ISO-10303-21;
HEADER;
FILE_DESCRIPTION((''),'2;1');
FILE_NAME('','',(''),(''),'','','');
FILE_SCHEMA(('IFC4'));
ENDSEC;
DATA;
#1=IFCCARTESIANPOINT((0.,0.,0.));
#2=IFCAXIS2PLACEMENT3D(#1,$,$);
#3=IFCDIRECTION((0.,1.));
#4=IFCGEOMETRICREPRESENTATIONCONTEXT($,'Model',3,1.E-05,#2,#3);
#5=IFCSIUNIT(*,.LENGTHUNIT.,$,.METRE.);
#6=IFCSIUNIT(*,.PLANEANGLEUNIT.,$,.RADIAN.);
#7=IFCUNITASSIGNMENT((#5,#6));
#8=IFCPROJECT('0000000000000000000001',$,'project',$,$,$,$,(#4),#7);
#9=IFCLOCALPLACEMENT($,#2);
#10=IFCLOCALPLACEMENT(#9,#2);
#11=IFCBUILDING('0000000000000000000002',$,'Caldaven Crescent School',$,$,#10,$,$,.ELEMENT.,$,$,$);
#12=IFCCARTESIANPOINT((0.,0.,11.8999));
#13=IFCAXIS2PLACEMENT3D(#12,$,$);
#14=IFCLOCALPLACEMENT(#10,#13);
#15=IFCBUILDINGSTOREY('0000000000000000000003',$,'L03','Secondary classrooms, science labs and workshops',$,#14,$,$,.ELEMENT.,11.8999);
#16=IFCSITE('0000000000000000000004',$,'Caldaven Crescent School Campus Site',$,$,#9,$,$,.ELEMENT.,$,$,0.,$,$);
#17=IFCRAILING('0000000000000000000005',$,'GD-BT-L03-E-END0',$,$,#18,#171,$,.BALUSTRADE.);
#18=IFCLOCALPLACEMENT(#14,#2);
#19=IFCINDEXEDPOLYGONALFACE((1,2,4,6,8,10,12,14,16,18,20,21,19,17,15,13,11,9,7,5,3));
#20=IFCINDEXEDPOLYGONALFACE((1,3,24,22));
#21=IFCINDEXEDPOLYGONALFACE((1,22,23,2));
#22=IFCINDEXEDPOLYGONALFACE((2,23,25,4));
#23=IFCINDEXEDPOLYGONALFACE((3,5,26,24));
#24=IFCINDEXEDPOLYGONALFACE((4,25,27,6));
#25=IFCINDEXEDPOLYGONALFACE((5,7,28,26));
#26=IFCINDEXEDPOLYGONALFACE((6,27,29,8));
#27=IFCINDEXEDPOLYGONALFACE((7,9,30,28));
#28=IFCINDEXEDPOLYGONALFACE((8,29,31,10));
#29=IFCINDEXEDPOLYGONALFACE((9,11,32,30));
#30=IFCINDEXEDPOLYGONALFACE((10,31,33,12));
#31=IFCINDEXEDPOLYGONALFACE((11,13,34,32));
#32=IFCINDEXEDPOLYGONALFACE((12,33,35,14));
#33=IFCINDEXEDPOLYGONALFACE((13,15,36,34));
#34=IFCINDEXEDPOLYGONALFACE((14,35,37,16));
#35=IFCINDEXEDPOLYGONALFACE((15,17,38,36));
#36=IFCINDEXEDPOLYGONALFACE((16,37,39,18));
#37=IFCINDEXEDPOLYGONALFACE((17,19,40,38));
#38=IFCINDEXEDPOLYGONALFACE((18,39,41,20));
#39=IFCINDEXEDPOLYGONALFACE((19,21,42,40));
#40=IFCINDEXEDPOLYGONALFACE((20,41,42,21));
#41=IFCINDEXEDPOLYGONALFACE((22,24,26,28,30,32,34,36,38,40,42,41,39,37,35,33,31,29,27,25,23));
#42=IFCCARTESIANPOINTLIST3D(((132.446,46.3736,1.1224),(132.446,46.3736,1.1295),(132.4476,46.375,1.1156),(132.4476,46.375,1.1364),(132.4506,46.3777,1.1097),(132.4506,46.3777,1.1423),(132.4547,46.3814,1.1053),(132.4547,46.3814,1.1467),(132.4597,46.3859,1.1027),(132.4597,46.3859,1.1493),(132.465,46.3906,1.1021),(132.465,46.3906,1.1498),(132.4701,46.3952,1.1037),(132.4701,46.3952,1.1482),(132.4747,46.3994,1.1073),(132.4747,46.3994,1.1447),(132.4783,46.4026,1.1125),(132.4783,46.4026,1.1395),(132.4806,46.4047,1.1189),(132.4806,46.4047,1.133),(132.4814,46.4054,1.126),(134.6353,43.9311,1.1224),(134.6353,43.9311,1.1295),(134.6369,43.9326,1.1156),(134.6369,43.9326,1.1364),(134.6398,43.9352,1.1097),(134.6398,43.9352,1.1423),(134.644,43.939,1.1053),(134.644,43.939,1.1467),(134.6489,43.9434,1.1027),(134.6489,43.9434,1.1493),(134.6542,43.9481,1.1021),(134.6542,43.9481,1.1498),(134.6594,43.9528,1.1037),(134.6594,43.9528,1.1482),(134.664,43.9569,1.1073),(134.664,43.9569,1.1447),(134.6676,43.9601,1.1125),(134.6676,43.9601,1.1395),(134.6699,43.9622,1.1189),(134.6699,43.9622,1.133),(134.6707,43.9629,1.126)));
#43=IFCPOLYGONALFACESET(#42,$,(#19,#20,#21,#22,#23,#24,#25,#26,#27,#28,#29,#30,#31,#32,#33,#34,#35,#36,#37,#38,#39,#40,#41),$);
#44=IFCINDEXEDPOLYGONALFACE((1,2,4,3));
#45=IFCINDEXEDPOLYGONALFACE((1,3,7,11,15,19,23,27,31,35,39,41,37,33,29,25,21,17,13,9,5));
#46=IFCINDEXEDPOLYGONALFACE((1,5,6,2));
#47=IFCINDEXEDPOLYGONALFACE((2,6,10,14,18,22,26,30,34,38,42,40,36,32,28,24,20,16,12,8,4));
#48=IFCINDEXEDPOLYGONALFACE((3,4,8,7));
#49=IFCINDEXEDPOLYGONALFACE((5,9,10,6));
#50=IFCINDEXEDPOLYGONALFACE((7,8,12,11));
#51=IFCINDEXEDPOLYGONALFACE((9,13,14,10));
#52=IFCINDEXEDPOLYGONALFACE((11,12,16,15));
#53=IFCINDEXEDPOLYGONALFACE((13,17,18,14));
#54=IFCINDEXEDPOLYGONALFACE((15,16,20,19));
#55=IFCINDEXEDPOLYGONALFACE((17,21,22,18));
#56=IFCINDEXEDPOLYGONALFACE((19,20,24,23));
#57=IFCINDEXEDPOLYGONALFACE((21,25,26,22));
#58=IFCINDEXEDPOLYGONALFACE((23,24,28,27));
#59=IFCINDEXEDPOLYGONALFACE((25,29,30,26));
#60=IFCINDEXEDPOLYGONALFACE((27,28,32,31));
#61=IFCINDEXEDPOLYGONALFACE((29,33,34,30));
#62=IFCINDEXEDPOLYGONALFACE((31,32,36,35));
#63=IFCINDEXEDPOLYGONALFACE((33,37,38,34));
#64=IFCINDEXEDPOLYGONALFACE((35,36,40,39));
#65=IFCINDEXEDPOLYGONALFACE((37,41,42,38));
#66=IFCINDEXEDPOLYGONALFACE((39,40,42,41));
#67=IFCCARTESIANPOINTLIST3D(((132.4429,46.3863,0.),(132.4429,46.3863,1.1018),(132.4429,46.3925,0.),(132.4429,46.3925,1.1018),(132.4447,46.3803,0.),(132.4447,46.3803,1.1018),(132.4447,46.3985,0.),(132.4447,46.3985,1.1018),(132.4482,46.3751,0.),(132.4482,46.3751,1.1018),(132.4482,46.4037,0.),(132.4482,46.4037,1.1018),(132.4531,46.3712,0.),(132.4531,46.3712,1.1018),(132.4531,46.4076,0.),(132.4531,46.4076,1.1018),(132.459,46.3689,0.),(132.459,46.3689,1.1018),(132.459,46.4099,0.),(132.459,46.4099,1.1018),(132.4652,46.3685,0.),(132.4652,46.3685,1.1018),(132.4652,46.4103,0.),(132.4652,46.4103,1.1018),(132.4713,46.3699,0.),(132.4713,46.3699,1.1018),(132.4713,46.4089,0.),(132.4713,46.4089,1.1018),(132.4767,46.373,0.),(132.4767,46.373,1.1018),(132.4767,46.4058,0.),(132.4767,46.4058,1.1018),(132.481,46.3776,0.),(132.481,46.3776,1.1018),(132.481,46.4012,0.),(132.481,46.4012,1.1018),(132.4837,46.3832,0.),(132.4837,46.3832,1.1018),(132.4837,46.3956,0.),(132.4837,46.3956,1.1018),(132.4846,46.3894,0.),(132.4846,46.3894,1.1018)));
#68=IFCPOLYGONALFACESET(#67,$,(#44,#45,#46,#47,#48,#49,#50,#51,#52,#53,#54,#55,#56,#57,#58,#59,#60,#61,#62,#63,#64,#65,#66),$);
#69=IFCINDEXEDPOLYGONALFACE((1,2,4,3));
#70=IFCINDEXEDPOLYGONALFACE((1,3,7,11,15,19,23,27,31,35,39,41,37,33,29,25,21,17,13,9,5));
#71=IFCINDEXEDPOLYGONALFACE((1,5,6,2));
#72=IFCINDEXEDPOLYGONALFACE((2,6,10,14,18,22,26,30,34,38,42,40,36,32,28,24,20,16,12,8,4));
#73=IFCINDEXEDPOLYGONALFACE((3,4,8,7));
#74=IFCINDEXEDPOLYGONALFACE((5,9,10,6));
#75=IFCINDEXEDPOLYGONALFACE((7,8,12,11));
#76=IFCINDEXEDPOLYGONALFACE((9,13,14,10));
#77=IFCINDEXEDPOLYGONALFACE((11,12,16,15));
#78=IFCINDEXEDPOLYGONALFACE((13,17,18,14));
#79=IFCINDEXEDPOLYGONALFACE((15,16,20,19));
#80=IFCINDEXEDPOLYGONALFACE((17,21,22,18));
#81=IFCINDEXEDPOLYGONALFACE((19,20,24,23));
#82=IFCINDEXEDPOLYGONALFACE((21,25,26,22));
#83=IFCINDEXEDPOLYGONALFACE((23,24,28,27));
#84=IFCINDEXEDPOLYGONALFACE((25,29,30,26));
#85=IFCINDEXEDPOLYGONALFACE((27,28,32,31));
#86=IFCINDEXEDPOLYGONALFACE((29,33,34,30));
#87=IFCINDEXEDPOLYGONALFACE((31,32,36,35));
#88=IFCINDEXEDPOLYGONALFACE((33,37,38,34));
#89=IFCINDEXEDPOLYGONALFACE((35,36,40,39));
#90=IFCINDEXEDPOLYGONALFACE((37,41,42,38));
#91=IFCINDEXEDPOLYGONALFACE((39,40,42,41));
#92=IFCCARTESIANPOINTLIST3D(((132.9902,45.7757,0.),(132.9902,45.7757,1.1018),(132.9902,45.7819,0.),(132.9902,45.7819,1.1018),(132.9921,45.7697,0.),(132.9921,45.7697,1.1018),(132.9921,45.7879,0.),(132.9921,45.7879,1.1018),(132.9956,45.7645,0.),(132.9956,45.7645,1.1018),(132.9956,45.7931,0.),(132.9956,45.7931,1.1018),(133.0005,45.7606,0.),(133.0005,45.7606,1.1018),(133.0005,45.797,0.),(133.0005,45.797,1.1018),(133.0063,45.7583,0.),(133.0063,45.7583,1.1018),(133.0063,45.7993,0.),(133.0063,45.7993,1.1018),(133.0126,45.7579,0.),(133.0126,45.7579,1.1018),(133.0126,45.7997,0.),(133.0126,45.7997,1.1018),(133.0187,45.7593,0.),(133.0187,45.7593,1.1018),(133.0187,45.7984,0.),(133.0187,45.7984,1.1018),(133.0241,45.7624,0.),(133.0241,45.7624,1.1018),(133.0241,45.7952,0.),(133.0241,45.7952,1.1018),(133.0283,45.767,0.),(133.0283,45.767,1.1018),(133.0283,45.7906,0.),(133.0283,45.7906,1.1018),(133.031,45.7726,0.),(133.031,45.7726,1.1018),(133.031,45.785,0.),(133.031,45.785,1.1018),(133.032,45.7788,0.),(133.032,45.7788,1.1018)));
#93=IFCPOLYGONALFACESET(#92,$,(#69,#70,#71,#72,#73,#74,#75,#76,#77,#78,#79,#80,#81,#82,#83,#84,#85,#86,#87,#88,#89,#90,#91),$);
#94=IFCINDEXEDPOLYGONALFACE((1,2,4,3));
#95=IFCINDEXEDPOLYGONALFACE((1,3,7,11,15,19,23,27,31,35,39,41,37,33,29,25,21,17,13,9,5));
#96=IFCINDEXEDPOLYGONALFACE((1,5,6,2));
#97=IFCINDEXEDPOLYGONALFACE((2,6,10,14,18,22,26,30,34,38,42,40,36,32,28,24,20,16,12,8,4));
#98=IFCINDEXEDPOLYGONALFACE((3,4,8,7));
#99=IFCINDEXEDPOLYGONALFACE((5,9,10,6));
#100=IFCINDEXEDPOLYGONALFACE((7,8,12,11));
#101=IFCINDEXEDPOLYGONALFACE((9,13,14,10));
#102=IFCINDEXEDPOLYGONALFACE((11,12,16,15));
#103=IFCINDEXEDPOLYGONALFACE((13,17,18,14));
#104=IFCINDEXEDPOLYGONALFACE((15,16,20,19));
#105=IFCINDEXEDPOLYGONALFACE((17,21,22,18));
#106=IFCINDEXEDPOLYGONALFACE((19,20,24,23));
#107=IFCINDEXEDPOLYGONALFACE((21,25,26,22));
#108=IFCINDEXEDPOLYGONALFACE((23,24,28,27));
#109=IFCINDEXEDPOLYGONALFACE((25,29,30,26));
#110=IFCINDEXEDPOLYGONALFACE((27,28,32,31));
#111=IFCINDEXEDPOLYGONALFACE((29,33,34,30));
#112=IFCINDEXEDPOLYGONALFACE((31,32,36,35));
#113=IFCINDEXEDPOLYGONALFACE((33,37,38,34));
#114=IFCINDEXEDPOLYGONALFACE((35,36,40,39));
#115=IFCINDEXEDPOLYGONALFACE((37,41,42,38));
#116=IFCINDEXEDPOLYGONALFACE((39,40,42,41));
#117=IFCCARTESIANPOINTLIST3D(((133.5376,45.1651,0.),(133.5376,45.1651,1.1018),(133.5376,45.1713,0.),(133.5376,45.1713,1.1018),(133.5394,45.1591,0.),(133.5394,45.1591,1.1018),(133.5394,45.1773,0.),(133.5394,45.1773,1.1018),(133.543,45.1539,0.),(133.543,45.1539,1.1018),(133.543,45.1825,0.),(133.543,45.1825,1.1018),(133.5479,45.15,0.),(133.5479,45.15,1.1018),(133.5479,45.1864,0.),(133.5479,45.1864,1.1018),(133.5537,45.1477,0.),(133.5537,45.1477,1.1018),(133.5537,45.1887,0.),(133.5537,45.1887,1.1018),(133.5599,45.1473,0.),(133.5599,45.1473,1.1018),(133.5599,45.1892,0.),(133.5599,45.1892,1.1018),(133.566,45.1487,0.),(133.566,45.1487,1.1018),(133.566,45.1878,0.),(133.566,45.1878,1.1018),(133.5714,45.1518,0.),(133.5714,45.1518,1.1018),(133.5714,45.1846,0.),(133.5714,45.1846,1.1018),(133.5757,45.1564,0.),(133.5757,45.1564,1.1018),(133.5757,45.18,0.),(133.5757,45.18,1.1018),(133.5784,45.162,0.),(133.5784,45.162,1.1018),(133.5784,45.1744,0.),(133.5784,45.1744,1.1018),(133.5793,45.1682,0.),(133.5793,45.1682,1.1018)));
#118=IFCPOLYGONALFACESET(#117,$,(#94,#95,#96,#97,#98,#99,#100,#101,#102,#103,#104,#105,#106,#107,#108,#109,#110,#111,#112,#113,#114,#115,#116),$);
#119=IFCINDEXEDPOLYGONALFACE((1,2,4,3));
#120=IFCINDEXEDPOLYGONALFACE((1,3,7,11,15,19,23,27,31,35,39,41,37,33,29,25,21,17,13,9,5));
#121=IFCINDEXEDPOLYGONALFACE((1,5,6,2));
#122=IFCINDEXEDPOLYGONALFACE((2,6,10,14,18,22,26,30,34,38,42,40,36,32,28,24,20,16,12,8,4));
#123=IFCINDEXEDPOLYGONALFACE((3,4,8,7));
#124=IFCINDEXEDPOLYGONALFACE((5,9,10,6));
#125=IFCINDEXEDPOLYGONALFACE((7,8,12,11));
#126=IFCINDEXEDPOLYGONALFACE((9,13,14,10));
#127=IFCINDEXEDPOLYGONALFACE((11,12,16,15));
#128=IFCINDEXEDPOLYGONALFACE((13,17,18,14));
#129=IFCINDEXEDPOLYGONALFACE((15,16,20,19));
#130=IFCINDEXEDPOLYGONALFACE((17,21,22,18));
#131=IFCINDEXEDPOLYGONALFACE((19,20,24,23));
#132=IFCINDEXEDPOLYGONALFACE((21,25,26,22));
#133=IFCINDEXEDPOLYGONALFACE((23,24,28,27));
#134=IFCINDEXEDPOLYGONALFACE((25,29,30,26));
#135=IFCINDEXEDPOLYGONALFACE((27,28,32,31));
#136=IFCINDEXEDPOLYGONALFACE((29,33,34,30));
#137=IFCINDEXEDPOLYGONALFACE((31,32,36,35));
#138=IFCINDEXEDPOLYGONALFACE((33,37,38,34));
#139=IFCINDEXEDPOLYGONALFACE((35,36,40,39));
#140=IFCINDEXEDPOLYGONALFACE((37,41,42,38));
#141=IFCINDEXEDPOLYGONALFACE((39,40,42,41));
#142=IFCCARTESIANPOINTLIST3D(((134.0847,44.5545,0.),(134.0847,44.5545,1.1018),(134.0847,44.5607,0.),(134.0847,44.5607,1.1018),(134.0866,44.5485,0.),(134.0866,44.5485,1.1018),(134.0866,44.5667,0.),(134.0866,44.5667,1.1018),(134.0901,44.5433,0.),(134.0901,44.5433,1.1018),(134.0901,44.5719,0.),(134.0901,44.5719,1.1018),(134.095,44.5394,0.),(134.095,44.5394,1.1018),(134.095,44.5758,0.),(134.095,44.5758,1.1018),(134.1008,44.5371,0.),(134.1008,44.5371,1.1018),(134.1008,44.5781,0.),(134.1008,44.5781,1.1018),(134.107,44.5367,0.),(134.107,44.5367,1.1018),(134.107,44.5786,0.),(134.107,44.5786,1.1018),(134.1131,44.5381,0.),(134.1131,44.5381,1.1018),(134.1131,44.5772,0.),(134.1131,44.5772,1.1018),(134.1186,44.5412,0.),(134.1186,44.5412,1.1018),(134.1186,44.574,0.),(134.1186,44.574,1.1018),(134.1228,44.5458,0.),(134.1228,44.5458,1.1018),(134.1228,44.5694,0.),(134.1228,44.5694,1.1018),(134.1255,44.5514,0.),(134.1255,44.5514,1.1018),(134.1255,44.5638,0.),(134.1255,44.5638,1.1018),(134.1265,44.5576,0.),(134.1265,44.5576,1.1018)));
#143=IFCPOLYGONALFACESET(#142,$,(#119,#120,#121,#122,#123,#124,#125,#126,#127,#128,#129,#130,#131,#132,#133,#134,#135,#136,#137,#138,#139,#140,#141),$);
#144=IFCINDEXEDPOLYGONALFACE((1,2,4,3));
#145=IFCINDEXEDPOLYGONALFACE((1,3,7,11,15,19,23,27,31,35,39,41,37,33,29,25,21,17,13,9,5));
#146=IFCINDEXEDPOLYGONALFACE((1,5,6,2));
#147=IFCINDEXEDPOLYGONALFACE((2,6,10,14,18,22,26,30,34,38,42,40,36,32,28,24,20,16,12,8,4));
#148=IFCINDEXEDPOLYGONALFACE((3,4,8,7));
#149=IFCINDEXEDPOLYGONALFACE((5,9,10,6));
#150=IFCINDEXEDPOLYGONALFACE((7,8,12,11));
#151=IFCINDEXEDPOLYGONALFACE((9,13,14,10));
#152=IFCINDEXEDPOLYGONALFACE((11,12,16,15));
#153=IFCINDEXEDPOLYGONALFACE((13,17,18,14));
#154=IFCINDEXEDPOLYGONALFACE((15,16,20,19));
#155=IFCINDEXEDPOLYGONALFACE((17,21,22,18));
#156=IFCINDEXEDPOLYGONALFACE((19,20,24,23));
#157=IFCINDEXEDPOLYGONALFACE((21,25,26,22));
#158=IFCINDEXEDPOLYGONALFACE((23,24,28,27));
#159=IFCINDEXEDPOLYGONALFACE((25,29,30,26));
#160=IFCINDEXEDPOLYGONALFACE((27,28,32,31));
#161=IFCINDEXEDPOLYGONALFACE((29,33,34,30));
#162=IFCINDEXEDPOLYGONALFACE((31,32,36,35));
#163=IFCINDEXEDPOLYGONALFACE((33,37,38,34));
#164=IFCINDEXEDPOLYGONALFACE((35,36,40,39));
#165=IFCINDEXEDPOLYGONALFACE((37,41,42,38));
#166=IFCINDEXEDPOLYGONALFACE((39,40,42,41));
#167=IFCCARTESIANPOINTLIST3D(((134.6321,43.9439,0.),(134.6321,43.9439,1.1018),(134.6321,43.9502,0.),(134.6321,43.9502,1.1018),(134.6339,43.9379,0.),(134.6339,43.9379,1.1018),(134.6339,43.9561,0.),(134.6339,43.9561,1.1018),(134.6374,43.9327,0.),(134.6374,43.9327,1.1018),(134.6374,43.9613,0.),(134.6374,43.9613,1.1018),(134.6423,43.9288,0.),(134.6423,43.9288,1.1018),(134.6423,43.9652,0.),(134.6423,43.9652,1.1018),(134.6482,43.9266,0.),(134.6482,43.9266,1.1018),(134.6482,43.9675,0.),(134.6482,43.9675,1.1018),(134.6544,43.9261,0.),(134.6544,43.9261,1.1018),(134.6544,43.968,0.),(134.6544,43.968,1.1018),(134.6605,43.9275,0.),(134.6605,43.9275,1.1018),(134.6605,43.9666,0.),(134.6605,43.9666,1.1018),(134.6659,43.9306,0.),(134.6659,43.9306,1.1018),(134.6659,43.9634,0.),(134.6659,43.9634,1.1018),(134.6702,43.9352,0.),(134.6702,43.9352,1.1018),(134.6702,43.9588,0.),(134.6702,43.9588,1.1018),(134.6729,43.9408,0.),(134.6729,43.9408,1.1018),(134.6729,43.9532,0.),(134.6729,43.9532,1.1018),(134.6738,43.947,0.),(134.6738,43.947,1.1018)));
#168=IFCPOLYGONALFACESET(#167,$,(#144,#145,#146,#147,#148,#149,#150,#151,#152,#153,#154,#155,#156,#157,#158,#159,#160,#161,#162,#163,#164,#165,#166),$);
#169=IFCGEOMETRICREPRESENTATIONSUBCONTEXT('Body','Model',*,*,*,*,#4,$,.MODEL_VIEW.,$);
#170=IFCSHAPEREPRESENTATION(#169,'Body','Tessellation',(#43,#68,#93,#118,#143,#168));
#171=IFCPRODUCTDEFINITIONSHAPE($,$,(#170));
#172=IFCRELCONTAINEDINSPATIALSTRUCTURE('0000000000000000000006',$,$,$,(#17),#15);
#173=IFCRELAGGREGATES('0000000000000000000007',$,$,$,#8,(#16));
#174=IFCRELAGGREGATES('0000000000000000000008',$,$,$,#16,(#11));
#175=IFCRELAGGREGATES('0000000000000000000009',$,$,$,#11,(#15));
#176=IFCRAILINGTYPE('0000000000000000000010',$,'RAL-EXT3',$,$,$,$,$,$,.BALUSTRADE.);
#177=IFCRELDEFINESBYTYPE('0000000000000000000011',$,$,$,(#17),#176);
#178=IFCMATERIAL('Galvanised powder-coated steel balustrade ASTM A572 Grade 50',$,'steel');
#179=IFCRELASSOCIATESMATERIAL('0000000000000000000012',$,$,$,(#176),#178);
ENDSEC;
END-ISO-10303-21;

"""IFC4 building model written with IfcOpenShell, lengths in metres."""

from ifc_helpers import new_model, si_unit, direction, frame, origin, origin_2d, place, context, subcontext, project, spatial, circle, extrude, material, type_object, element, save


model = new_model("IFC4")

# Units and contexts
model_context = context("Model", 3, precision=1e-05, world=origin(), true_north=direction((0.0, 1.0)))
body_context = subcontext(model_context, "Body", "Model", "MODEL_VIEW")
ifc_project = project(units=[si_unit("LENGTHUNIT", "METRE"), si_unit("PLANEANGLEUNIT", "RADIAN")], contexts=[model_context])

# Site, building, storey
site_placement = place(None, origin())
site = spatial("IfcSite", under=ifc_project, at=site_placement, Name="Caldaven Crescent School Campus Site", CompositionType="ELEMENT", RefElevation=0.0)
building_placement = place(site_placement, origin())
building = spatial("IfcBuilding", under=site, at=building_placement, Name="Caldaven Crescent School", CompositionType="ELEMENT")
storey_placement = place(building_placement, frame((0.0, 0.0, 11.8999)))
storey = spatial("IfcBuildingStorey", under=building, at=storey_placement, Name="L03", Description="Secondary classrooms, science labs and workshops", CompositionType="ELEMENT", Elevation=11.8999)

# Railing
ifc_material_1 = material(Name="Galvanised powder-coated steel balustrade ASTM A572 Grade 50", Category="steel")
railing_type_1 = type_object("IfcRailingType", Name="RAL-EXT3", PredefinedType="BALUSTRADE", material=ifc_material_1)
railing_1_placement = place(storey_placement, frame((132.4636, 46.3894, 0.0)))
element("IfcRailing", 1, at=railing_1_placement, inside=storey, type_object=railing_type_1, Name="GD-BT-L03-E-END0", PredefinedType="BALUSTRADE", context=body_context, shape_type="SweptSolid", body=[
    extrude(circle(Radius=0.0239, at=origin_2d()), frame((0.0, 0.0, 1.126), z_axis=(0.667458, -0.744647, 0.0), x_axis=(0.744647, 0.667458, 0.0)), (0.0, 0.0, 1.0), 3.28),
    extrude(circle(Radius=0.021, at=origin_2d()), origin(), (0.0, 0.0, 1.0), 1.1018),
    extrude(circle(Radius=0.021, at=origin_2d()), frame((0.5474, -0.6106, 0.0)), (0.0, 0.0, 1.0), 1.1018),
    extrude(circle(Radius=0.021, at=origin_2d()), frame((1.0947, -1.2212, 0.0)), (0.0, 0.0, 1.0), 1.1018),
    extrude(circle(Radius=0.021, at=origin_2d()), frame((1.6418, -1.8318, 0.0)), (0.0, 0.0, 1.0), 1.1018),
    extrude(circle(Radius=0.021, at=origin_2d()), frame((2.1892, -2.4424, 0.0)), (0.0, 0.0, 1.0), 1.1018),
])

save(model, "model.ifc")
